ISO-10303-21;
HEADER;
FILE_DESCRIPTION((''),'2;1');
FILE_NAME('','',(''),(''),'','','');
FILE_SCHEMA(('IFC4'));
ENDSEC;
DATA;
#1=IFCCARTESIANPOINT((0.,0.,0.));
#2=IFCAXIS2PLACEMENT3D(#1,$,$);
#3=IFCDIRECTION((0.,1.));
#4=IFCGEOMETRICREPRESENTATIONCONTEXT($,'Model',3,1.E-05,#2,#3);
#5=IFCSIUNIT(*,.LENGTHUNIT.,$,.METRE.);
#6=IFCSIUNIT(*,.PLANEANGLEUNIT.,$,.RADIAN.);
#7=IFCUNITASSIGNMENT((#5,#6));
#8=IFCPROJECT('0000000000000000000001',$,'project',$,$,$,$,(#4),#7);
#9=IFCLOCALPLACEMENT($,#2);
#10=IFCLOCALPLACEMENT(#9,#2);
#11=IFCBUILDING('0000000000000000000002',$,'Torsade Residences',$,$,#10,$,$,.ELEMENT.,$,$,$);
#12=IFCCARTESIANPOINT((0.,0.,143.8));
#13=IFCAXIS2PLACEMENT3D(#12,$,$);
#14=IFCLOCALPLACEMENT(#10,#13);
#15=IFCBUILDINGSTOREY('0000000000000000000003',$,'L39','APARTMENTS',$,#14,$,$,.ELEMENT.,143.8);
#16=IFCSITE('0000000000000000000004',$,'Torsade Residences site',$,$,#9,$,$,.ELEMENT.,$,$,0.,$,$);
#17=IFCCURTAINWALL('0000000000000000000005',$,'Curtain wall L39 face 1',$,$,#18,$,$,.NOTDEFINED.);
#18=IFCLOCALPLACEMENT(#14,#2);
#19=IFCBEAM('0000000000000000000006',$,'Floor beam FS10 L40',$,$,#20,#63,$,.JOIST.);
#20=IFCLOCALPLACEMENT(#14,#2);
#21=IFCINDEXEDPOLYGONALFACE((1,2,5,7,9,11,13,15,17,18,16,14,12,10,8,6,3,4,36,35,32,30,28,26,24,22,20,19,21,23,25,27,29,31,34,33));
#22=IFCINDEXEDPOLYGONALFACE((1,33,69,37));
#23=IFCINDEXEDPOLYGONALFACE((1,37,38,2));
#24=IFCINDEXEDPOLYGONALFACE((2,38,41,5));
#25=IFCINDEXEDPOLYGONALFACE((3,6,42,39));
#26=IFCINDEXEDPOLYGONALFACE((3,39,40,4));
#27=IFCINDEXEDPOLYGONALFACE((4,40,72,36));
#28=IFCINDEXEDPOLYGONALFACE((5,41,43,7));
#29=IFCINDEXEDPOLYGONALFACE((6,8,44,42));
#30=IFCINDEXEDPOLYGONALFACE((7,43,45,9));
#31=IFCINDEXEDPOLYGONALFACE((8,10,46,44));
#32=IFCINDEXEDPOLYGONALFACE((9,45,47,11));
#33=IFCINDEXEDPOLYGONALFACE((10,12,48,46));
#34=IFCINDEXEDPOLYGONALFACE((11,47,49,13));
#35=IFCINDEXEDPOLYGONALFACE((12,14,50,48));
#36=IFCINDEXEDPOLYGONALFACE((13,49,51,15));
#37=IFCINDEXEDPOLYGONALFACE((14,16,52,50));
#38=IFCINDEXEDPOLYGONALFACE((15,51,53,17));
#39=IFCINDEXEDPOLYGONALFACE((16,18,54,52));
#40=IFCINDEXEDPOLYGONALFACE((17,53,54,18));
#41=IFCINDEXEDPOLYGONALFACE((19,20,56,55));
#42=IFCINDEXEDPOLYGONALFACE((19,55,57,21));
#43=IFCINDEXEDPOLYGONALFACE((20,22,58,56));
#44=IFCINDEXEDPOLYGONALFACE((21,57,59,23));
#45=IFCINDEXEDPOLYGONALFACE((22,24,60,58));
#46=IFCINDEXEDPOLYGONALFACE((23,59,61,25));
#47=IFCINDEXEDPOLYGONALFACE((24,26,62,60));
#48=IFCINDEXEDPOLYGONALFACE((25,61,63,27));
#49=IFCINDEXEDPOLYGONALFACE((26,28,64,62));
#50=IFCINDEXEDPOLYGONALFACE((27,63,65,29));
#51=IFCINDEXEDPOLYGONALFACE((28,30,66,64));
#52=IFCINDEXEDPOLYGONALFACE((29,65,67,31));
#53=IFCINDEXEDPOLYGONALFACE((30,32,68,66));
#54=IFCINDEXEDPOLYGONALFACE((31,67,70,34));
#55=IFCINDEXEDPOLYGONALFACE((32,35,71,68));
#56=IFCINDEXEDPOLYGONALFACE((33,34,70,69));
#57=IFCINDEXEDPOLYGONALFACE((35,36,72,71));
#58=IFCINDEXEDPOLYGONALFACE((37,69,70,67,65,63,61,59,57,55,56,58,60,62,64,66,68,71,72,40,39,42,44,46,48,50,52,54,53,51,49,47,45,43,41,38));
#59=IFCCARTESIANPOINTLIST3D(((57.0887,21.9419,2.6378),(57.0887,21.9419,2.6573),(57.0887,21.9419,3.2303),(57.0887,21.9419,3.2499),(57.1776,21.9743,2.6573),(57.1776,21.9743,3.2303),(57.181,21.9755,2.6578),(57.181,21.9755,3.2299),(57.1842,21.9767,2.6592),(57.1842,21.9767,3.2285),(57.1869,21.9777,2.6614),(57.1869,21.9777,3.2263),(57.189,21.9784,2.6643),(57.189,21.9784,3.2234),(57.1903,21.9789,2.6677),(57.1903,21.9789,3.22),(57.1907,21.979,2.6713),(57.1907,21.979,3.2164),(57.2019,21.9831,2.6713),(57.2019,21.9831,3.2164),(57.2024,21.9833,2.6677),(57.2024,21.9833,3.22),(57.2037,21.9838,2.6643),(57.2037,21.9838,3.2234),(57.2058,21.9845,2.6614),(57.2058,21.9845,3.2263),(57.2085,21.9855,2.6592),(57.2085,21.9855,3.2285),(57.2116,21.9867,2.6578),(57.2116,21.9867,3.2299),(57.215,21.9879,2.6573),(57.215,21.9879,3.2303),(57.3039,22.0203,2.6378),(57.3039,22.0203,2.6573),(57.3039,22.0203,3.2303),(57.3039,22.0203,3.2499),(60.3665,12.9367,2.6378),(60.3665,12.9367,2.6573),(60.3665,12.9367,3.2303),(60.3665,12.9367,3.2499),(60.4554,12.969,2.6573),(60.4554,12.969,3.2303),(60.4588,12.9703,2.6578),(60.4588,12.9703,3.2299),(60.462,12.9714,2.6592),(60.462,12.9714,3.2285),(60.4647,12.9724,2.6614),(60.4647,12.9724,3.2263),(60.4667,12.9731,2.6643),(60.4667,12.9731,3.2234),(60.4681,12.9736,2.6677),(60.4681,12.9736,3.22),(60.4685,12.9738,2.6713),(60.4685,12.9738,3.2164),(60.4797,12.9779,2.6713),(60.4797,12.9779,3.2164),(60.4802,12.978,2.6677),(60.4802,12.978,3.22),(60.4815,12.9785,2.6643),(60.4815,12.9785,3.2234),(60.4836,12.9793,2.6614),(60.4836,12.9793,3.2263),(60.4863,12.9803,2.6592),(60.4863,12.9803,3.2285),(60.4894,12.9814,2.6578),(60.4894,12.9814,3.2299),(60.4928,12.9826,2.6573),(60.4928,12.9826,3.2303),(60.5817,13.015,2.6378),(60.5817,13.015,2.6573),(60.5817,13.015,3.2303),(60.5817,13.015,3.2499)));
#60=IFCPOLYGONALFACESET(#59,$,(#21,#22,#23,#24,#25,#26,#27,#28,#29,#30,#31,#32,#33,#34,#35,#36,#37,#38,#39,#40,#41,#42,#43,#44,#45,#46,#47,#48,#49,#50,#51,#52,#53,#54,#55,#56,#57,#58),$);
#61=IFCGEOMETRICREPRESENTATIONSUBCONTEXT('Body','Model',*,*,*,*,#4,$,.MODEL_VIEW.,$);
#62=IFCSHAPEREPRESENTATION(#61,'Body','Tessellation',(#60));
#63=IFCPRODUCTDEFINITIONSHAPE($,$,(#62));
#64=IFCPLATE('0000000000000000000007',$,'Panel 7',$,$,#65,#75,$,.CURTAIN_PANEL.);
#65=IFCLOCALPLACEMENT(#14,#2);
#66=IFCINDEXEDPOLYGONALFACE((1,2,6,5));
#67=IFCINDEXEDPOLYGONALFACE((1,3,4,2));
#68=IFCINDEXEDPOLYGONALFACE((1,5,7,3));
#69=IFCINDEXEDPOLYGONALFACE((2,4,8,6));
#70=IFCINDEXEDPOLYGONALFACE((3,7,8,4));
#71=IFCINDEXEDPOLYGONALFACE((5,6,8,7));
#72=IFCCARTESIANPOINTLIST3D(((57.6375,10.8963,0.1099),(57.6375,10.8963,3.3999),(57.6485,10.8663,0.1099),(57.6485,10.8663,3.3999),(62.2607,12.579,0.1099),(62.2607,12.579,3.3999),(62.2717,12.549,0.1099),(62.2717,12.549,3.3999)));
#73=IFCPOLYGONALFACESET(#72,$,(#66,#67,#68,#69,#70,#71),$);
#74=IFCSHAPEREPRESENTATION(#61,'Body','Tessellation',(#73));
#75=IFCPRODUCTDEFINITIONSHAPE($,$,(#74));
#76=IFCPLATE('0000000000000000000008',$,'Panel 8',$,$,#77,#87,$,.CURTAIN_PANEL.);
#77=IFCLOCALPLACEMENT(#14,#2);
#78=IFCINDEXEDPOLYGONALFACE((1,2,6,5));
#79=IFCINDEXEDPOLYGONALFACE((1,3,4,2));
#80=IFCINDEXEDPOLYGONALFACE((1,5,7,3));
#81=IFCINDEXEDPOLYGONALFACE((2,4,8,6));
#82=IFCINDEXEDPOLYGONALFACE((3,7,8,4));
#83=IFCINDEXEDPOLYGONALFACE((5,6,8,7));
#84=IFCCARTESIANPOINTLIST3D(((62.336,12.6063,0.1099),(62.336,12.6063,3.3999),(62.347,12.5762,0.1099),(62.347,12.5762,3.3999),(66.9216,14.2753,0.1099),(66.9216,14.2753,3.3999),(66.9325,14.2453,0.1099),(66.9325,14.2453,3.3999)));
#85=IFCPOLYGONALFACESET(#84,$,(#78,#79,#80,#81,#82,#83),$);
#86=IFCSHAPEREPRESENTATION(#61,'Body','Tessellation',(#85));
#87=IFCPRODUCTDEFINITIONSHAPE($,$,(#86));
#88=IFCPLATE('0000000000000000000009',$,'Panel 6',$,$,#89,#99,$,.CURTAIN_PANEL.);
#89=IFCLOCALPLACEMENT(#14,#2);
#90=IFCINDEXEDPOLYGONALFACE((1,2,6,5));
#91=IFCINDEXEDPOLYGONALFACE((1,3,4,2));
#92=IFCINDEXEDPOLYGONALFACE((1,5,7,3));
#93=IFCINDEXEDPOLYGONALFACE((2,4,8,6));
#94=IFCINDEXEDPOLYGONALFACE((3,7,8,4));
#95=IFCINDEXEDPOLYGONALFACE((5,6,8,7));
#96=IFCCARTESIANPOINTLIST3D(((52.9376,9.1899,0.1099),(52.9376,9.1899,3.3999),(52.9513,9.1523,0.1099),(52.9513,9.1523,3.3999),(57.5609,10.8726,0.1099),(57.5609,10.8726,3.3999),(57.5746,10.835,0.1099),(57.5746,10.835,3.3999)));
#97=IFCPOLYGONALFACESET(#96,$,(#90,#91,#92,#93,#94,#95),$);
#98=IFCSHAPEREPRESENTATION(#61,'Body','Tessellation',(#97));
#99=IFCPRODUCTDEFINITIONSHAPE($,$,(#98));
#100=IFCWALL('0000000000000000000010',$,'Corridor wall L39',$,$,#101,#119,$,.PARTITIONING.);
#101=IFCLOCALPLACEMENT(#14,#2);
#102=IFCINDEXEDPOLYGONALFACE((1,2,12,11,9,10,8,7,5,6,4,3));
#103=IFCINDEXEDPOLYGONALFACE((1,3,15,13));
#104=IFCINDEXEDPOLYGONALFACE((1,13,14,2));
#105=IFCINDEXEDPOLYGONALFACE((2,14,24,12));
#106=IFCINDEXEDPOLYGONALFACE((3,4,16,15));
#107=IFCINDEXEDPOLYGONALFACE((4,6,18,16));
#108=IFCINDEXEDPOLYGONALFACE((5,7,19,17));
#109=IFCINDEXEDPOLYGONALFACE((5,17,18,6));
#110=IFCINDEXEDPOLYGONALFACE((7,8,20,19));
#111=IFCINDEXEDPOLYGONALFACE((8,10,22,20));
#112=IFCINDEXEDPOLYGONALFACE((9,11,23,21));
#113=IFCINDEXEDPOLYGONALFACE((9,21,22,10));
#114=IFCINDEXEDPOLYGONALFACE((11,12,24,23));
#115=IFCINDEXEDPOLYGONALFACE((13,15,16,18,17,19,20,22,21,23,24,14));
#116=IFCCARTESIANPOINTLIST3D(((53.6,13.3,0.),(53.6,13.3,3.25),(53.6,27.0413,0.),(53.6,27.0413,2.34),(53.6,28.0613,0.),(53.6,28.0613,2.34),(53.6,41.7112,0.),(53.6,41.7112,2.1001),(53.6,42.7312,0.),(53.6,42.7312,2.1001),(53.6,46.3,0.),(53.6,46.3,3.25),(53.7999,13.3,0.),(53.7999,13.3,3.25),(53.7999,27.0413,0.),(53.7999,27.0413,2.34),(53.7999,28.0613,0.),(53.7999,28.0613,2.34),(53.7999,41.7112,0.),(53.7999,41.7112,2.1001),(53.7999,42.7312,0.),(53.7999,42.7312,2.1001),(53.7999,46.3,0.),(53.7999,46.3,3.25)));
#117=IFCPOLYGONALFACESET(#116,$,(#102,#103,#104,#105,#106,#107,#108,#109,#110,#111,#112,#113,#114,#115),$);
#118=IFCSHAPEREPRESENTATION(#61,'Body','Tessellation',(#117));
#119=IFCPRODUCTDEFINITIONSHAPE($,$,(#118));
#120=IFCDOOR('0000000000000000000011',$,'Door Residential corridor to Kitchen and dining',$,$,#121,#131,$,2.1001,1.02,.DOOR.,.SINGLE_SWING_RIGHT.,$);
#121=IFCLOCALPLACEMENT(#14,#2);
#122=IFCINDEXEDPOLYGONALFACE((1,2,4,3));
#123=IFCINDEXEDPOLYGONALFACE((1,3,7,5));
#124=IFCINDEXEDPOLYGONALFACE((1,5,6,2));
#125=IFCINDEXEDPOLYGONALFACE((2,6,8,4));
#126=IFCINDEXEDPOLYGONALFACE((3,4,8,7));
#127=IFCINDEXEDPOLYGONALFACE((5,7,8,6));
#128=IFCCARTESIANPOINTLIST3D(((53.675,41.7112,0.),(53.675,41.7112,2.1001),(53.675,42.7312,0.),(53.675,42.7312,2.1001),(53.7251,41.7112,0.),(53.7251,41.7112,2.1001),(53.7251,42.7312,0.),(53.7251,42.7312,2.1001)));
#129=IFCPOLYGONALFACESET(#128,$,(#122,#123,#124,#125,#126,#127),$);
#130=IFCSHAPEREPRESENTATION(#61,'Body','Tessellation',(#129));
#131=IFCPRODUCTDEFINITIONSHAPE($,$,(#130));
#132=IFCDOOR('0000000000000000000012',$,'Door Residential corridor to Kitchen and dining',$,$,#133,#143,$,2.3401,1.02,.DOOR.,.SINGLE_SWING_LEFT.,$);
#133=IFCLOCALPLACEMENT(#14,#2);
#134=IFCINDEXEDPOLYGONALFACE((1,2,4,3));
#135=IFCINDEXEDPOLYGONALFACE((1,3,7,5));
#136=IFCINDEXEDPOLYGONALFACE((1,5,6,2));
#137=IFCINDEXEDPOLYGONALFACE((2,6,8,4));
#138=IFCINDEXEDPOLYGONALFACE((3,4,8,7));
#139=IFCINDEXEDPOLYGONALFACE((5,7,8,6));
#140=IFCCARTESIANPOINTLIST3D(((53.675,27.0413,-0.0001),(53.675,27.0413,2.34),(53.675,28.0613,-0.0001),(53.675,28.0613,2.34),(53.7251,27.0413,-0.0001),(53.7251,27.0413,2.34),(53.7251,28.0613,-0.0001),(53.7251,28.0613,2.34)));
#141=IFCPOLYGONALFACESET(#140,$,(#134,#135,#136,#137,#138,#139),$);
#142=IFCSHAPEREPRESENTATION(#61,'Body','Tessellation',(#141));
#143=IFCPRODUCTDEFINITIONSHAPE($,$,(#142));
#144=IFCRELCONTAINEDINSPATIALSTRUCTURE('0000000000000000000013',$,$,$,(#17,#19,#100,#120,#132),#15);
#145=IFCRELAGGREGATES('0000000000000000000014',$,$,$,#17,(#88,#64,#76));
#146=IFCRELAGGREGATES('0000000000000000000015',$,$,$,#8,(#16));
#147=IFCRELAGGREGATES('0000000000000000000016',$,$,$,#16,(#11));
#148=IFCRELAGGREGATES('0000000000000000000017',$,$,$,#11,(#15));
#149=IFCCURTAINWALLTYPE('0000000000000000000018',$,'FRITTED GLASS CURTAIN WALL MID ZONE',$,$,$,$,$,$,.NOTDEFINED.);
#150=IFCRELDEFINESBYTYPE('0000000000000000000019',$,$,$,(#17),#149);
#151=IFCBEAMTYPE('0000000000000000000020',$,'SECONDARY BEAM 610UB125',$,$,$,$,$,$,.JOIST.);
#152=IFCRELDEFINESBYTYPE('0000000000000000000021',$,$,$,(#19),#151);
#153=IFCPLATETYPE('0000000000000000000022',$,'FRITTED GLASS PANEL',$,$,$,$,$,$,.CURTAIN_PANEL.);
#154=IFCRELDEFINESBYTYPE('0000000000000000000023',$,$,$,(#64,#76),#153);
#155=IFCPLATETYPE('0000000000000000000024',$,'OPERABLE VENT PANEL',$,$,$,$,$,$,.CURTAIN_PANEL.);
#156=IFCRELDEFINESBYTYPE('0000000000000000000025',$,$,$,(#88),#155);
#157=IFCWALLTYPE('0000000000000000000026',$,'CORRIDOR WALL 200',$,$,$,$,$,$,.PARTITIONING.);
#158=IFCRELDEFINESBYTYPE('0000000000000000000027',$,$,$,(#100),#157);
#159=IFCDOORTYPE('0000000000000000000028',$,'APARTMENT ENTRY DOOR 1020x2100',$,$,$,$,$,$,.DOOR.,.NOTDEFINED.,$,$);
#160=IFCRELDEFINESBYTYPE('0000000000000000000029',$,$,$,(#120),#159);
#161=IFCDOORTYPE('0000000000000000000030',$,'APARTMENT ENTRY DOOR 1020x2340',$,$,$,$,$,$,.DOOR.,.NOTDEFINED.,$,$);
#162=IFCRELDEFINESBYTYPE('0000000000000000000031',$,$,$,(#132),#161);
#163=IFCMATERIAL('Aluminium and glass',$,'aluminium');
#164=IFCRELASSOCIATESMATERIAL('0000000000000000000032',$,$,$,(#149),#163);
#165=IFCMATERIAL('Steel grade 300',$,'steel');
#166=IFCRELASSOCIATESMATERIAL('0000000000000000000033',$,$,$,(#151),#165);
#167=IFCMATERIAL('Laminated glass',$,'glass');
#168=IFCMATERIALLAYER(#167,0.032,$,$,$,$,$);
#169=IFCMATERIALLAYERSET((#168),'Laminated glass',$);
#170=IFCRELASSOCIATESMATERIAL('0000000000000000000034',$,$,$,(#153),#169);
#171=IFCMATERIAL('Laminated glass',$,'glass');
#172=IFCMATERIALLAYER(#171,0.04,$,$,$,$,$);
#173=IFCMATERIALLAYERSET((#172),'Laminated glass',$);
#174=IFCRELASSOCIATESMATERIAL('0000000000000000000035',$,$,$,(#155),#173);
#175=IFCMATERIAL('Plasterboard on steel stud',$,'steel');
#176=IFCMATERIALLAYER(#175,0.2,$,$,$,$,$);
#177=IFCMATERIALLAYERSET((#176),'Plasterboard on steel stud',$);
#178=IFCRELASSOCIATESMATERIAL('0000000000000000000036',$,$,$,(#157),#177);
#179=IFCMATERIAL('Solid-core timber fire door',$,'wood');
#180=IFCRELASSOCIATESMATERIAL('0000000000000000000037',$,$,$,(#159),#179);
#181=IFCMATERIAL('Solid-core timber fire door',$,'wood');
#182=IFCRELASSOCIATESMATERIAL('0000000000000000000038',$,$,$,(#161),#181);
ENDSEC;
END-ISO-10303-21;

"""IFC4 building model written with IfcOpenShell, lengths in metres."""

from ifc_helpers import new_model, si_unit, direction, frame, frame_2d, origin, origin_2d, place, context, subcontext, project, spatial, rectangle, i_section, extrude, material, layer, layer_set, material_profile, profile_set, type_object, element, fill, aggregate, save


model = new_model("IFC4")

# Units and contexts
model_context = context("Model", 3, precision=1e-05, world=origin(), true_north=direction((0.0, 1.0)))
body_context = subcontext(model_context, "Body", "Model", "MODEL_VIEW")
ifc_project = project(units=[si_unit("LENGTHUNIT", "METRE"), si_unit("PLANEANGLEUNIT", "RADIAN")], contexts=[model_context])

# Site, building, storey
site_placement = place(None, origin())
site = spatial("IfcSite", under=ifc_project, at=site_placement, Name="Torsade Residences site", CompositionType="ELEMENT", RefElevation=0.0)
building_placement = place(site_placement, origin())
building = spatial("IfcBuilding", under=site, at=building_placement, Name="Torsade Residences", CompositionType="ELEMENT")
storey_placement = place(building_placement, frame((0.0, 0.0, 143.8)))
storey = spatial("IfcBuildingStorey", under=building, at=storey_placement, Name="L39", Description="APARTMENTS", CompositionType="ELEMENT", Elevation=143.8)

# Curtain wall
ifc_material_1 = material(Name="Aluminium and glass", Category="aluminium")
curtain_wall_type = type_object("IfcCurtainWallType", Name="FRITTED GLASS CURTAIN WALL MID ZONE", PredefinedType="NOTDEFINED", material=ifc_material_1)
curtain_wall_placement = place(storey_placement, origin())
curtain_wall = element("IfcCurtainWall", 1, at=curtain_wall_placement, inside=storey, type_object=curtain_wall_type, Name="Curtain wall L39 face 1", PredefinedType="NOTDEFINED")

# Beam
ifc_material_2 = material(Name="Steel grade 300", Category="steel")
ifc_material_profile_1 = material_profile(ifc_material_2, i_section(OverallWidth=0.229, OverallDepth=0.6121, WebThickness=0.012, FlangeThickness=0.0195, FilletRadius=0.0139, at=origin_2d()), Name="610UB125")
ifc_profile_set_1 = profile_set([ifc_material_profile_1], Name="Steel grade 300")
beam_type_1 = type_object("IfcBeamType", Name="SECONDARY BEAM 610UB125", PredefinedType="JOIST", material=ifc_profile_set_1)
beam_1_placement = place(storey_placement, frame((60.4741, 12.9758, 2.9438), z_axis=(-0.342034, 0.939688, 0.0), x_axis=(-0.939688, -0.342034, 0.0)))
element("IfcBeam", 2, at=beam_1_placement, inside=storey, type_object=beam_type_1, Name="Floor beam FS10 L40", PredefinedType="JOIST", context=body_context, shape_type="SweptSolid", body=[
    extrude(i_section(OverallWidth=0.229, OverallDepth=0.6121, WebThickness=0.012, FlangeThickness=0.0195, FilletRadius=0.0139, at=origin_2d()), origin(), (0.0, 0.0, 1.0), 9.5833),
])

# Plates
ifc_material_3 = material(Name="Laminated glass", Category="glass")
ifc_layer_1 = layer(ifc_material_3, 0.032)
ifc_layer_set_1 = layer_set([ifc_layer_1], Name="Laminated glass")
plate_type_1 = type_object("IfcPlateType", Name="FRITTED GLASS PANEL", PredefinedType="CURTAIN_PANEL", material=ifc_layer_set_1)
plate_1_placement = place(storey_placement, frame((59.9546, 11.7227, 0.1099), z_axis=(0.0, 0.0, 1.0), x_axis=(0.939693, 0.34202, 0.0)))
plate_1 = element("IfcPlate", 3, at=plate_1_placement, type_object=plate_type_1, Name="Panel 7", PredefinedType="CURTAIN_PANEL", context=body_context, shape_type="SweptSolid", body=[
    extrude(rectangle(XDim=4.9199, YDim=0.032, at=origin_2d()), origin(), (0.0, 0.0, 1.0), 3.29),
])
plate_2_placement = place(storey_placement, frame((64.6343, 13.4258, 0.1099), z_axis=(0.0, 0.0, 1.0), x_axis=(0.939693, 0.34202, 0.0)))
plate_2 = element("IfcPlate", 4, at=plate_2_placement, type_object=plate_type_1, Name="Panel 8", PredefinedType="CURTAIN_PANEL", context=body_context, shape_type="SweptSolid", body=[
    extrude(rectangle(XDim=4.8799, YDim=0.032, at=origin_2d()), origin(), (0.0, 0.0, 1.0), 3.29),
])
ifc_material_4 = material(Name="Laminated glass", Category="glass")
ifc_layer_2 = layer(ifc_material_4, 0.04)
ifc_layer_set_2 = layer_set([ifc_layer_2], Name="Laminated glass")
plate_type_2 = type_object("IfcPlateType", Name="OPERABLE VENT PANEL", PredefinedType="CURTAIN_PANEL", material=ifc_layer_set_2)
plate_3_placement = place(storey_placement, frame((55.2561, 10.0125, 0.1099), z_axis=(0.0, 0.0, 1.0), x_axis=(0.939693, 0.34202, 0.0)))
plate_3 = element("IfcPlate", 5, at=plate_3_placement, type_object=plate_type_2, Name="Panel 6", PredefinedType="CURTAIN_PANEL", context=body_context, shape_type="SweptSolid", body=[
    extrude(rectangle(XDim=4.9199, YDim=0.04, at=origin_2d()), origin(), (0.0, 0.0, 1.0), 3.29),
])
aggregate(curtain_wall, [plate_3, plate_1, plate_2])

# Wall, openings, doors
ifc_material_5 = material(Name="Plasterboard on steel stud", Category="steel")
ifc_layer_3 = layer(ifc_material_5, 0.2)
ifc_layer_set_3 = layer_set([ifc_layer_3], Name="Plasterboard on steel stud")
wall_type_1 = type_object("IfcWallType", Name="CORRIDOR WALL 200", PredefinedType="PARTITIONING", material=ifc_layer_set_3)
wall_1_placement = place(storey_placement, frame((53.7, 13.3, 0.0), z_axis=(0.0, 0.0, 1.0), x_axis=(0.0, 1.0, 0.0)))
wall_1 = element("IfcWall", 6, at=wall_1_placement, inside=storey, type_object=wall_type_1, Name="Corridor wall L39", PredefinedType="PARTITIONING", context=body_context, shape_type="SweptSolid", body=[
    extrude(rectangle(XDim=33.0, YDim=0.2, at=frame_2d((16.5, 0.0))), origin(), (0.0, 0.0, 1.0), 3.25),
])
opening_1_placement = place(wall_1_placement, frame((28.4111, 0.0, 0.0)))
opening_1 = element("IfcOpeningElement", 7, at=opening_1_placement, cuts=wall_1, PredefinedType="OPENING", context=body_context, shape_type="SweptSolid", body=[
    extrude(rectangle(XDim=1.02, YDim=2.1001, at=frame_2d((0.51, 1.05))), frame((0.0, 0.1099, 0.0), z_axis=(0.0, -1.0, 0.0), x_axis=(1.0, 0.0, 0.0)), (0.0, 0.0, 1.0), 0.22),
])
opening_2_placement = place(wall_1_placement, frame((13.7412, 0.0, 0.0)))
opening_2 = element("IfcOpeningElement", 8, at=opening_2_placement, cuts=wall_1, PredefinedType="OPENING", context=body_context, shape_type="SweptSolid", body=[
    extrude(rectangle(XDim=1.02, YDim=2.3401, at=frame_2d((0.51, 1.1699))), frame((0.0, 0.1099, 0.0), z_axis=(0.0, -1.0, 0.0), x_axis=(1.0, 0.0, 0.0)), (0.0, 0.0, 1.0), 0.22),
])
ifc_material_6 = material(Name="Solid-core timber fire door", Category="wood")
door_type_1 = type_object("IfcDoorType", Name="APARTMENT ENTRY DOOR 1020x2100", OperationType="NOTDEFINED", PredefinedType="DOOR", material=ifc_material_6)
door_1_placement = place(opening_1_placement, origin())
door_1 = element("IfcDoor", 9, at=door_1_placement, inside=storey, type_object=door_type_1, Name="Door Residential corridor to Kitchen and dining", OperationType="SINGLE_SWING_RIGHT", OverallHeight=2.1001, OverallWidth=1.02, PredefinedType="DOOR", context=body_context, shape_type="SweptSolid", body=[
    extrude(rectangle(XDim=1.02, YDim=2.1001, at=frame_2d((0.51, 1.05))), frame((0.0, 0.0249, 0.0), z_axis=(0.0, -1.0, 0.0), x_axis=(1.0, 0.0, 0.0)), (0.0, 0.0, 1.0), 0.05),
])
fill(opening_1, door_1)
ifc_material_7 = material(Name="Solid-core timber fire door", Category="wood")
door_type_2 = type_object("IfcDoorType", Name="APARTMENT ENTRY DOOR 1020x2340", OperationType="NOTDEFINED", PredefinedType="DOOR", material=ifc_material_7)
door_2_placement = place(opening_2_placement, origin())
door_2 = element("IfcDoor", 10, at=door_2_placement, inside=storey, type_object=door_type_2, Name="Door Residential corridor to Kitchen and dining", OperationType="SINGLE_SWING_LEFT", OverallHeight=2.3401, OverallWidth=1.02, PredefinedType="DOOR", context=body_context, shape_type="SweptSolid", body=[
    extrude(rectangle(XDim=1.02, YDim=2.3401, at=frame_2d((0.51, 1.1699))), frame((0.0, 0.0249, 0.0), z_axis=(0.0, -1.0, 0.0), x_axis=(1.0, 0.0, 0.0)), (0.0, 0.0, 1.0), 0.05),
])
fill(opening_2, door_2)

save(model, "model.ifc")
